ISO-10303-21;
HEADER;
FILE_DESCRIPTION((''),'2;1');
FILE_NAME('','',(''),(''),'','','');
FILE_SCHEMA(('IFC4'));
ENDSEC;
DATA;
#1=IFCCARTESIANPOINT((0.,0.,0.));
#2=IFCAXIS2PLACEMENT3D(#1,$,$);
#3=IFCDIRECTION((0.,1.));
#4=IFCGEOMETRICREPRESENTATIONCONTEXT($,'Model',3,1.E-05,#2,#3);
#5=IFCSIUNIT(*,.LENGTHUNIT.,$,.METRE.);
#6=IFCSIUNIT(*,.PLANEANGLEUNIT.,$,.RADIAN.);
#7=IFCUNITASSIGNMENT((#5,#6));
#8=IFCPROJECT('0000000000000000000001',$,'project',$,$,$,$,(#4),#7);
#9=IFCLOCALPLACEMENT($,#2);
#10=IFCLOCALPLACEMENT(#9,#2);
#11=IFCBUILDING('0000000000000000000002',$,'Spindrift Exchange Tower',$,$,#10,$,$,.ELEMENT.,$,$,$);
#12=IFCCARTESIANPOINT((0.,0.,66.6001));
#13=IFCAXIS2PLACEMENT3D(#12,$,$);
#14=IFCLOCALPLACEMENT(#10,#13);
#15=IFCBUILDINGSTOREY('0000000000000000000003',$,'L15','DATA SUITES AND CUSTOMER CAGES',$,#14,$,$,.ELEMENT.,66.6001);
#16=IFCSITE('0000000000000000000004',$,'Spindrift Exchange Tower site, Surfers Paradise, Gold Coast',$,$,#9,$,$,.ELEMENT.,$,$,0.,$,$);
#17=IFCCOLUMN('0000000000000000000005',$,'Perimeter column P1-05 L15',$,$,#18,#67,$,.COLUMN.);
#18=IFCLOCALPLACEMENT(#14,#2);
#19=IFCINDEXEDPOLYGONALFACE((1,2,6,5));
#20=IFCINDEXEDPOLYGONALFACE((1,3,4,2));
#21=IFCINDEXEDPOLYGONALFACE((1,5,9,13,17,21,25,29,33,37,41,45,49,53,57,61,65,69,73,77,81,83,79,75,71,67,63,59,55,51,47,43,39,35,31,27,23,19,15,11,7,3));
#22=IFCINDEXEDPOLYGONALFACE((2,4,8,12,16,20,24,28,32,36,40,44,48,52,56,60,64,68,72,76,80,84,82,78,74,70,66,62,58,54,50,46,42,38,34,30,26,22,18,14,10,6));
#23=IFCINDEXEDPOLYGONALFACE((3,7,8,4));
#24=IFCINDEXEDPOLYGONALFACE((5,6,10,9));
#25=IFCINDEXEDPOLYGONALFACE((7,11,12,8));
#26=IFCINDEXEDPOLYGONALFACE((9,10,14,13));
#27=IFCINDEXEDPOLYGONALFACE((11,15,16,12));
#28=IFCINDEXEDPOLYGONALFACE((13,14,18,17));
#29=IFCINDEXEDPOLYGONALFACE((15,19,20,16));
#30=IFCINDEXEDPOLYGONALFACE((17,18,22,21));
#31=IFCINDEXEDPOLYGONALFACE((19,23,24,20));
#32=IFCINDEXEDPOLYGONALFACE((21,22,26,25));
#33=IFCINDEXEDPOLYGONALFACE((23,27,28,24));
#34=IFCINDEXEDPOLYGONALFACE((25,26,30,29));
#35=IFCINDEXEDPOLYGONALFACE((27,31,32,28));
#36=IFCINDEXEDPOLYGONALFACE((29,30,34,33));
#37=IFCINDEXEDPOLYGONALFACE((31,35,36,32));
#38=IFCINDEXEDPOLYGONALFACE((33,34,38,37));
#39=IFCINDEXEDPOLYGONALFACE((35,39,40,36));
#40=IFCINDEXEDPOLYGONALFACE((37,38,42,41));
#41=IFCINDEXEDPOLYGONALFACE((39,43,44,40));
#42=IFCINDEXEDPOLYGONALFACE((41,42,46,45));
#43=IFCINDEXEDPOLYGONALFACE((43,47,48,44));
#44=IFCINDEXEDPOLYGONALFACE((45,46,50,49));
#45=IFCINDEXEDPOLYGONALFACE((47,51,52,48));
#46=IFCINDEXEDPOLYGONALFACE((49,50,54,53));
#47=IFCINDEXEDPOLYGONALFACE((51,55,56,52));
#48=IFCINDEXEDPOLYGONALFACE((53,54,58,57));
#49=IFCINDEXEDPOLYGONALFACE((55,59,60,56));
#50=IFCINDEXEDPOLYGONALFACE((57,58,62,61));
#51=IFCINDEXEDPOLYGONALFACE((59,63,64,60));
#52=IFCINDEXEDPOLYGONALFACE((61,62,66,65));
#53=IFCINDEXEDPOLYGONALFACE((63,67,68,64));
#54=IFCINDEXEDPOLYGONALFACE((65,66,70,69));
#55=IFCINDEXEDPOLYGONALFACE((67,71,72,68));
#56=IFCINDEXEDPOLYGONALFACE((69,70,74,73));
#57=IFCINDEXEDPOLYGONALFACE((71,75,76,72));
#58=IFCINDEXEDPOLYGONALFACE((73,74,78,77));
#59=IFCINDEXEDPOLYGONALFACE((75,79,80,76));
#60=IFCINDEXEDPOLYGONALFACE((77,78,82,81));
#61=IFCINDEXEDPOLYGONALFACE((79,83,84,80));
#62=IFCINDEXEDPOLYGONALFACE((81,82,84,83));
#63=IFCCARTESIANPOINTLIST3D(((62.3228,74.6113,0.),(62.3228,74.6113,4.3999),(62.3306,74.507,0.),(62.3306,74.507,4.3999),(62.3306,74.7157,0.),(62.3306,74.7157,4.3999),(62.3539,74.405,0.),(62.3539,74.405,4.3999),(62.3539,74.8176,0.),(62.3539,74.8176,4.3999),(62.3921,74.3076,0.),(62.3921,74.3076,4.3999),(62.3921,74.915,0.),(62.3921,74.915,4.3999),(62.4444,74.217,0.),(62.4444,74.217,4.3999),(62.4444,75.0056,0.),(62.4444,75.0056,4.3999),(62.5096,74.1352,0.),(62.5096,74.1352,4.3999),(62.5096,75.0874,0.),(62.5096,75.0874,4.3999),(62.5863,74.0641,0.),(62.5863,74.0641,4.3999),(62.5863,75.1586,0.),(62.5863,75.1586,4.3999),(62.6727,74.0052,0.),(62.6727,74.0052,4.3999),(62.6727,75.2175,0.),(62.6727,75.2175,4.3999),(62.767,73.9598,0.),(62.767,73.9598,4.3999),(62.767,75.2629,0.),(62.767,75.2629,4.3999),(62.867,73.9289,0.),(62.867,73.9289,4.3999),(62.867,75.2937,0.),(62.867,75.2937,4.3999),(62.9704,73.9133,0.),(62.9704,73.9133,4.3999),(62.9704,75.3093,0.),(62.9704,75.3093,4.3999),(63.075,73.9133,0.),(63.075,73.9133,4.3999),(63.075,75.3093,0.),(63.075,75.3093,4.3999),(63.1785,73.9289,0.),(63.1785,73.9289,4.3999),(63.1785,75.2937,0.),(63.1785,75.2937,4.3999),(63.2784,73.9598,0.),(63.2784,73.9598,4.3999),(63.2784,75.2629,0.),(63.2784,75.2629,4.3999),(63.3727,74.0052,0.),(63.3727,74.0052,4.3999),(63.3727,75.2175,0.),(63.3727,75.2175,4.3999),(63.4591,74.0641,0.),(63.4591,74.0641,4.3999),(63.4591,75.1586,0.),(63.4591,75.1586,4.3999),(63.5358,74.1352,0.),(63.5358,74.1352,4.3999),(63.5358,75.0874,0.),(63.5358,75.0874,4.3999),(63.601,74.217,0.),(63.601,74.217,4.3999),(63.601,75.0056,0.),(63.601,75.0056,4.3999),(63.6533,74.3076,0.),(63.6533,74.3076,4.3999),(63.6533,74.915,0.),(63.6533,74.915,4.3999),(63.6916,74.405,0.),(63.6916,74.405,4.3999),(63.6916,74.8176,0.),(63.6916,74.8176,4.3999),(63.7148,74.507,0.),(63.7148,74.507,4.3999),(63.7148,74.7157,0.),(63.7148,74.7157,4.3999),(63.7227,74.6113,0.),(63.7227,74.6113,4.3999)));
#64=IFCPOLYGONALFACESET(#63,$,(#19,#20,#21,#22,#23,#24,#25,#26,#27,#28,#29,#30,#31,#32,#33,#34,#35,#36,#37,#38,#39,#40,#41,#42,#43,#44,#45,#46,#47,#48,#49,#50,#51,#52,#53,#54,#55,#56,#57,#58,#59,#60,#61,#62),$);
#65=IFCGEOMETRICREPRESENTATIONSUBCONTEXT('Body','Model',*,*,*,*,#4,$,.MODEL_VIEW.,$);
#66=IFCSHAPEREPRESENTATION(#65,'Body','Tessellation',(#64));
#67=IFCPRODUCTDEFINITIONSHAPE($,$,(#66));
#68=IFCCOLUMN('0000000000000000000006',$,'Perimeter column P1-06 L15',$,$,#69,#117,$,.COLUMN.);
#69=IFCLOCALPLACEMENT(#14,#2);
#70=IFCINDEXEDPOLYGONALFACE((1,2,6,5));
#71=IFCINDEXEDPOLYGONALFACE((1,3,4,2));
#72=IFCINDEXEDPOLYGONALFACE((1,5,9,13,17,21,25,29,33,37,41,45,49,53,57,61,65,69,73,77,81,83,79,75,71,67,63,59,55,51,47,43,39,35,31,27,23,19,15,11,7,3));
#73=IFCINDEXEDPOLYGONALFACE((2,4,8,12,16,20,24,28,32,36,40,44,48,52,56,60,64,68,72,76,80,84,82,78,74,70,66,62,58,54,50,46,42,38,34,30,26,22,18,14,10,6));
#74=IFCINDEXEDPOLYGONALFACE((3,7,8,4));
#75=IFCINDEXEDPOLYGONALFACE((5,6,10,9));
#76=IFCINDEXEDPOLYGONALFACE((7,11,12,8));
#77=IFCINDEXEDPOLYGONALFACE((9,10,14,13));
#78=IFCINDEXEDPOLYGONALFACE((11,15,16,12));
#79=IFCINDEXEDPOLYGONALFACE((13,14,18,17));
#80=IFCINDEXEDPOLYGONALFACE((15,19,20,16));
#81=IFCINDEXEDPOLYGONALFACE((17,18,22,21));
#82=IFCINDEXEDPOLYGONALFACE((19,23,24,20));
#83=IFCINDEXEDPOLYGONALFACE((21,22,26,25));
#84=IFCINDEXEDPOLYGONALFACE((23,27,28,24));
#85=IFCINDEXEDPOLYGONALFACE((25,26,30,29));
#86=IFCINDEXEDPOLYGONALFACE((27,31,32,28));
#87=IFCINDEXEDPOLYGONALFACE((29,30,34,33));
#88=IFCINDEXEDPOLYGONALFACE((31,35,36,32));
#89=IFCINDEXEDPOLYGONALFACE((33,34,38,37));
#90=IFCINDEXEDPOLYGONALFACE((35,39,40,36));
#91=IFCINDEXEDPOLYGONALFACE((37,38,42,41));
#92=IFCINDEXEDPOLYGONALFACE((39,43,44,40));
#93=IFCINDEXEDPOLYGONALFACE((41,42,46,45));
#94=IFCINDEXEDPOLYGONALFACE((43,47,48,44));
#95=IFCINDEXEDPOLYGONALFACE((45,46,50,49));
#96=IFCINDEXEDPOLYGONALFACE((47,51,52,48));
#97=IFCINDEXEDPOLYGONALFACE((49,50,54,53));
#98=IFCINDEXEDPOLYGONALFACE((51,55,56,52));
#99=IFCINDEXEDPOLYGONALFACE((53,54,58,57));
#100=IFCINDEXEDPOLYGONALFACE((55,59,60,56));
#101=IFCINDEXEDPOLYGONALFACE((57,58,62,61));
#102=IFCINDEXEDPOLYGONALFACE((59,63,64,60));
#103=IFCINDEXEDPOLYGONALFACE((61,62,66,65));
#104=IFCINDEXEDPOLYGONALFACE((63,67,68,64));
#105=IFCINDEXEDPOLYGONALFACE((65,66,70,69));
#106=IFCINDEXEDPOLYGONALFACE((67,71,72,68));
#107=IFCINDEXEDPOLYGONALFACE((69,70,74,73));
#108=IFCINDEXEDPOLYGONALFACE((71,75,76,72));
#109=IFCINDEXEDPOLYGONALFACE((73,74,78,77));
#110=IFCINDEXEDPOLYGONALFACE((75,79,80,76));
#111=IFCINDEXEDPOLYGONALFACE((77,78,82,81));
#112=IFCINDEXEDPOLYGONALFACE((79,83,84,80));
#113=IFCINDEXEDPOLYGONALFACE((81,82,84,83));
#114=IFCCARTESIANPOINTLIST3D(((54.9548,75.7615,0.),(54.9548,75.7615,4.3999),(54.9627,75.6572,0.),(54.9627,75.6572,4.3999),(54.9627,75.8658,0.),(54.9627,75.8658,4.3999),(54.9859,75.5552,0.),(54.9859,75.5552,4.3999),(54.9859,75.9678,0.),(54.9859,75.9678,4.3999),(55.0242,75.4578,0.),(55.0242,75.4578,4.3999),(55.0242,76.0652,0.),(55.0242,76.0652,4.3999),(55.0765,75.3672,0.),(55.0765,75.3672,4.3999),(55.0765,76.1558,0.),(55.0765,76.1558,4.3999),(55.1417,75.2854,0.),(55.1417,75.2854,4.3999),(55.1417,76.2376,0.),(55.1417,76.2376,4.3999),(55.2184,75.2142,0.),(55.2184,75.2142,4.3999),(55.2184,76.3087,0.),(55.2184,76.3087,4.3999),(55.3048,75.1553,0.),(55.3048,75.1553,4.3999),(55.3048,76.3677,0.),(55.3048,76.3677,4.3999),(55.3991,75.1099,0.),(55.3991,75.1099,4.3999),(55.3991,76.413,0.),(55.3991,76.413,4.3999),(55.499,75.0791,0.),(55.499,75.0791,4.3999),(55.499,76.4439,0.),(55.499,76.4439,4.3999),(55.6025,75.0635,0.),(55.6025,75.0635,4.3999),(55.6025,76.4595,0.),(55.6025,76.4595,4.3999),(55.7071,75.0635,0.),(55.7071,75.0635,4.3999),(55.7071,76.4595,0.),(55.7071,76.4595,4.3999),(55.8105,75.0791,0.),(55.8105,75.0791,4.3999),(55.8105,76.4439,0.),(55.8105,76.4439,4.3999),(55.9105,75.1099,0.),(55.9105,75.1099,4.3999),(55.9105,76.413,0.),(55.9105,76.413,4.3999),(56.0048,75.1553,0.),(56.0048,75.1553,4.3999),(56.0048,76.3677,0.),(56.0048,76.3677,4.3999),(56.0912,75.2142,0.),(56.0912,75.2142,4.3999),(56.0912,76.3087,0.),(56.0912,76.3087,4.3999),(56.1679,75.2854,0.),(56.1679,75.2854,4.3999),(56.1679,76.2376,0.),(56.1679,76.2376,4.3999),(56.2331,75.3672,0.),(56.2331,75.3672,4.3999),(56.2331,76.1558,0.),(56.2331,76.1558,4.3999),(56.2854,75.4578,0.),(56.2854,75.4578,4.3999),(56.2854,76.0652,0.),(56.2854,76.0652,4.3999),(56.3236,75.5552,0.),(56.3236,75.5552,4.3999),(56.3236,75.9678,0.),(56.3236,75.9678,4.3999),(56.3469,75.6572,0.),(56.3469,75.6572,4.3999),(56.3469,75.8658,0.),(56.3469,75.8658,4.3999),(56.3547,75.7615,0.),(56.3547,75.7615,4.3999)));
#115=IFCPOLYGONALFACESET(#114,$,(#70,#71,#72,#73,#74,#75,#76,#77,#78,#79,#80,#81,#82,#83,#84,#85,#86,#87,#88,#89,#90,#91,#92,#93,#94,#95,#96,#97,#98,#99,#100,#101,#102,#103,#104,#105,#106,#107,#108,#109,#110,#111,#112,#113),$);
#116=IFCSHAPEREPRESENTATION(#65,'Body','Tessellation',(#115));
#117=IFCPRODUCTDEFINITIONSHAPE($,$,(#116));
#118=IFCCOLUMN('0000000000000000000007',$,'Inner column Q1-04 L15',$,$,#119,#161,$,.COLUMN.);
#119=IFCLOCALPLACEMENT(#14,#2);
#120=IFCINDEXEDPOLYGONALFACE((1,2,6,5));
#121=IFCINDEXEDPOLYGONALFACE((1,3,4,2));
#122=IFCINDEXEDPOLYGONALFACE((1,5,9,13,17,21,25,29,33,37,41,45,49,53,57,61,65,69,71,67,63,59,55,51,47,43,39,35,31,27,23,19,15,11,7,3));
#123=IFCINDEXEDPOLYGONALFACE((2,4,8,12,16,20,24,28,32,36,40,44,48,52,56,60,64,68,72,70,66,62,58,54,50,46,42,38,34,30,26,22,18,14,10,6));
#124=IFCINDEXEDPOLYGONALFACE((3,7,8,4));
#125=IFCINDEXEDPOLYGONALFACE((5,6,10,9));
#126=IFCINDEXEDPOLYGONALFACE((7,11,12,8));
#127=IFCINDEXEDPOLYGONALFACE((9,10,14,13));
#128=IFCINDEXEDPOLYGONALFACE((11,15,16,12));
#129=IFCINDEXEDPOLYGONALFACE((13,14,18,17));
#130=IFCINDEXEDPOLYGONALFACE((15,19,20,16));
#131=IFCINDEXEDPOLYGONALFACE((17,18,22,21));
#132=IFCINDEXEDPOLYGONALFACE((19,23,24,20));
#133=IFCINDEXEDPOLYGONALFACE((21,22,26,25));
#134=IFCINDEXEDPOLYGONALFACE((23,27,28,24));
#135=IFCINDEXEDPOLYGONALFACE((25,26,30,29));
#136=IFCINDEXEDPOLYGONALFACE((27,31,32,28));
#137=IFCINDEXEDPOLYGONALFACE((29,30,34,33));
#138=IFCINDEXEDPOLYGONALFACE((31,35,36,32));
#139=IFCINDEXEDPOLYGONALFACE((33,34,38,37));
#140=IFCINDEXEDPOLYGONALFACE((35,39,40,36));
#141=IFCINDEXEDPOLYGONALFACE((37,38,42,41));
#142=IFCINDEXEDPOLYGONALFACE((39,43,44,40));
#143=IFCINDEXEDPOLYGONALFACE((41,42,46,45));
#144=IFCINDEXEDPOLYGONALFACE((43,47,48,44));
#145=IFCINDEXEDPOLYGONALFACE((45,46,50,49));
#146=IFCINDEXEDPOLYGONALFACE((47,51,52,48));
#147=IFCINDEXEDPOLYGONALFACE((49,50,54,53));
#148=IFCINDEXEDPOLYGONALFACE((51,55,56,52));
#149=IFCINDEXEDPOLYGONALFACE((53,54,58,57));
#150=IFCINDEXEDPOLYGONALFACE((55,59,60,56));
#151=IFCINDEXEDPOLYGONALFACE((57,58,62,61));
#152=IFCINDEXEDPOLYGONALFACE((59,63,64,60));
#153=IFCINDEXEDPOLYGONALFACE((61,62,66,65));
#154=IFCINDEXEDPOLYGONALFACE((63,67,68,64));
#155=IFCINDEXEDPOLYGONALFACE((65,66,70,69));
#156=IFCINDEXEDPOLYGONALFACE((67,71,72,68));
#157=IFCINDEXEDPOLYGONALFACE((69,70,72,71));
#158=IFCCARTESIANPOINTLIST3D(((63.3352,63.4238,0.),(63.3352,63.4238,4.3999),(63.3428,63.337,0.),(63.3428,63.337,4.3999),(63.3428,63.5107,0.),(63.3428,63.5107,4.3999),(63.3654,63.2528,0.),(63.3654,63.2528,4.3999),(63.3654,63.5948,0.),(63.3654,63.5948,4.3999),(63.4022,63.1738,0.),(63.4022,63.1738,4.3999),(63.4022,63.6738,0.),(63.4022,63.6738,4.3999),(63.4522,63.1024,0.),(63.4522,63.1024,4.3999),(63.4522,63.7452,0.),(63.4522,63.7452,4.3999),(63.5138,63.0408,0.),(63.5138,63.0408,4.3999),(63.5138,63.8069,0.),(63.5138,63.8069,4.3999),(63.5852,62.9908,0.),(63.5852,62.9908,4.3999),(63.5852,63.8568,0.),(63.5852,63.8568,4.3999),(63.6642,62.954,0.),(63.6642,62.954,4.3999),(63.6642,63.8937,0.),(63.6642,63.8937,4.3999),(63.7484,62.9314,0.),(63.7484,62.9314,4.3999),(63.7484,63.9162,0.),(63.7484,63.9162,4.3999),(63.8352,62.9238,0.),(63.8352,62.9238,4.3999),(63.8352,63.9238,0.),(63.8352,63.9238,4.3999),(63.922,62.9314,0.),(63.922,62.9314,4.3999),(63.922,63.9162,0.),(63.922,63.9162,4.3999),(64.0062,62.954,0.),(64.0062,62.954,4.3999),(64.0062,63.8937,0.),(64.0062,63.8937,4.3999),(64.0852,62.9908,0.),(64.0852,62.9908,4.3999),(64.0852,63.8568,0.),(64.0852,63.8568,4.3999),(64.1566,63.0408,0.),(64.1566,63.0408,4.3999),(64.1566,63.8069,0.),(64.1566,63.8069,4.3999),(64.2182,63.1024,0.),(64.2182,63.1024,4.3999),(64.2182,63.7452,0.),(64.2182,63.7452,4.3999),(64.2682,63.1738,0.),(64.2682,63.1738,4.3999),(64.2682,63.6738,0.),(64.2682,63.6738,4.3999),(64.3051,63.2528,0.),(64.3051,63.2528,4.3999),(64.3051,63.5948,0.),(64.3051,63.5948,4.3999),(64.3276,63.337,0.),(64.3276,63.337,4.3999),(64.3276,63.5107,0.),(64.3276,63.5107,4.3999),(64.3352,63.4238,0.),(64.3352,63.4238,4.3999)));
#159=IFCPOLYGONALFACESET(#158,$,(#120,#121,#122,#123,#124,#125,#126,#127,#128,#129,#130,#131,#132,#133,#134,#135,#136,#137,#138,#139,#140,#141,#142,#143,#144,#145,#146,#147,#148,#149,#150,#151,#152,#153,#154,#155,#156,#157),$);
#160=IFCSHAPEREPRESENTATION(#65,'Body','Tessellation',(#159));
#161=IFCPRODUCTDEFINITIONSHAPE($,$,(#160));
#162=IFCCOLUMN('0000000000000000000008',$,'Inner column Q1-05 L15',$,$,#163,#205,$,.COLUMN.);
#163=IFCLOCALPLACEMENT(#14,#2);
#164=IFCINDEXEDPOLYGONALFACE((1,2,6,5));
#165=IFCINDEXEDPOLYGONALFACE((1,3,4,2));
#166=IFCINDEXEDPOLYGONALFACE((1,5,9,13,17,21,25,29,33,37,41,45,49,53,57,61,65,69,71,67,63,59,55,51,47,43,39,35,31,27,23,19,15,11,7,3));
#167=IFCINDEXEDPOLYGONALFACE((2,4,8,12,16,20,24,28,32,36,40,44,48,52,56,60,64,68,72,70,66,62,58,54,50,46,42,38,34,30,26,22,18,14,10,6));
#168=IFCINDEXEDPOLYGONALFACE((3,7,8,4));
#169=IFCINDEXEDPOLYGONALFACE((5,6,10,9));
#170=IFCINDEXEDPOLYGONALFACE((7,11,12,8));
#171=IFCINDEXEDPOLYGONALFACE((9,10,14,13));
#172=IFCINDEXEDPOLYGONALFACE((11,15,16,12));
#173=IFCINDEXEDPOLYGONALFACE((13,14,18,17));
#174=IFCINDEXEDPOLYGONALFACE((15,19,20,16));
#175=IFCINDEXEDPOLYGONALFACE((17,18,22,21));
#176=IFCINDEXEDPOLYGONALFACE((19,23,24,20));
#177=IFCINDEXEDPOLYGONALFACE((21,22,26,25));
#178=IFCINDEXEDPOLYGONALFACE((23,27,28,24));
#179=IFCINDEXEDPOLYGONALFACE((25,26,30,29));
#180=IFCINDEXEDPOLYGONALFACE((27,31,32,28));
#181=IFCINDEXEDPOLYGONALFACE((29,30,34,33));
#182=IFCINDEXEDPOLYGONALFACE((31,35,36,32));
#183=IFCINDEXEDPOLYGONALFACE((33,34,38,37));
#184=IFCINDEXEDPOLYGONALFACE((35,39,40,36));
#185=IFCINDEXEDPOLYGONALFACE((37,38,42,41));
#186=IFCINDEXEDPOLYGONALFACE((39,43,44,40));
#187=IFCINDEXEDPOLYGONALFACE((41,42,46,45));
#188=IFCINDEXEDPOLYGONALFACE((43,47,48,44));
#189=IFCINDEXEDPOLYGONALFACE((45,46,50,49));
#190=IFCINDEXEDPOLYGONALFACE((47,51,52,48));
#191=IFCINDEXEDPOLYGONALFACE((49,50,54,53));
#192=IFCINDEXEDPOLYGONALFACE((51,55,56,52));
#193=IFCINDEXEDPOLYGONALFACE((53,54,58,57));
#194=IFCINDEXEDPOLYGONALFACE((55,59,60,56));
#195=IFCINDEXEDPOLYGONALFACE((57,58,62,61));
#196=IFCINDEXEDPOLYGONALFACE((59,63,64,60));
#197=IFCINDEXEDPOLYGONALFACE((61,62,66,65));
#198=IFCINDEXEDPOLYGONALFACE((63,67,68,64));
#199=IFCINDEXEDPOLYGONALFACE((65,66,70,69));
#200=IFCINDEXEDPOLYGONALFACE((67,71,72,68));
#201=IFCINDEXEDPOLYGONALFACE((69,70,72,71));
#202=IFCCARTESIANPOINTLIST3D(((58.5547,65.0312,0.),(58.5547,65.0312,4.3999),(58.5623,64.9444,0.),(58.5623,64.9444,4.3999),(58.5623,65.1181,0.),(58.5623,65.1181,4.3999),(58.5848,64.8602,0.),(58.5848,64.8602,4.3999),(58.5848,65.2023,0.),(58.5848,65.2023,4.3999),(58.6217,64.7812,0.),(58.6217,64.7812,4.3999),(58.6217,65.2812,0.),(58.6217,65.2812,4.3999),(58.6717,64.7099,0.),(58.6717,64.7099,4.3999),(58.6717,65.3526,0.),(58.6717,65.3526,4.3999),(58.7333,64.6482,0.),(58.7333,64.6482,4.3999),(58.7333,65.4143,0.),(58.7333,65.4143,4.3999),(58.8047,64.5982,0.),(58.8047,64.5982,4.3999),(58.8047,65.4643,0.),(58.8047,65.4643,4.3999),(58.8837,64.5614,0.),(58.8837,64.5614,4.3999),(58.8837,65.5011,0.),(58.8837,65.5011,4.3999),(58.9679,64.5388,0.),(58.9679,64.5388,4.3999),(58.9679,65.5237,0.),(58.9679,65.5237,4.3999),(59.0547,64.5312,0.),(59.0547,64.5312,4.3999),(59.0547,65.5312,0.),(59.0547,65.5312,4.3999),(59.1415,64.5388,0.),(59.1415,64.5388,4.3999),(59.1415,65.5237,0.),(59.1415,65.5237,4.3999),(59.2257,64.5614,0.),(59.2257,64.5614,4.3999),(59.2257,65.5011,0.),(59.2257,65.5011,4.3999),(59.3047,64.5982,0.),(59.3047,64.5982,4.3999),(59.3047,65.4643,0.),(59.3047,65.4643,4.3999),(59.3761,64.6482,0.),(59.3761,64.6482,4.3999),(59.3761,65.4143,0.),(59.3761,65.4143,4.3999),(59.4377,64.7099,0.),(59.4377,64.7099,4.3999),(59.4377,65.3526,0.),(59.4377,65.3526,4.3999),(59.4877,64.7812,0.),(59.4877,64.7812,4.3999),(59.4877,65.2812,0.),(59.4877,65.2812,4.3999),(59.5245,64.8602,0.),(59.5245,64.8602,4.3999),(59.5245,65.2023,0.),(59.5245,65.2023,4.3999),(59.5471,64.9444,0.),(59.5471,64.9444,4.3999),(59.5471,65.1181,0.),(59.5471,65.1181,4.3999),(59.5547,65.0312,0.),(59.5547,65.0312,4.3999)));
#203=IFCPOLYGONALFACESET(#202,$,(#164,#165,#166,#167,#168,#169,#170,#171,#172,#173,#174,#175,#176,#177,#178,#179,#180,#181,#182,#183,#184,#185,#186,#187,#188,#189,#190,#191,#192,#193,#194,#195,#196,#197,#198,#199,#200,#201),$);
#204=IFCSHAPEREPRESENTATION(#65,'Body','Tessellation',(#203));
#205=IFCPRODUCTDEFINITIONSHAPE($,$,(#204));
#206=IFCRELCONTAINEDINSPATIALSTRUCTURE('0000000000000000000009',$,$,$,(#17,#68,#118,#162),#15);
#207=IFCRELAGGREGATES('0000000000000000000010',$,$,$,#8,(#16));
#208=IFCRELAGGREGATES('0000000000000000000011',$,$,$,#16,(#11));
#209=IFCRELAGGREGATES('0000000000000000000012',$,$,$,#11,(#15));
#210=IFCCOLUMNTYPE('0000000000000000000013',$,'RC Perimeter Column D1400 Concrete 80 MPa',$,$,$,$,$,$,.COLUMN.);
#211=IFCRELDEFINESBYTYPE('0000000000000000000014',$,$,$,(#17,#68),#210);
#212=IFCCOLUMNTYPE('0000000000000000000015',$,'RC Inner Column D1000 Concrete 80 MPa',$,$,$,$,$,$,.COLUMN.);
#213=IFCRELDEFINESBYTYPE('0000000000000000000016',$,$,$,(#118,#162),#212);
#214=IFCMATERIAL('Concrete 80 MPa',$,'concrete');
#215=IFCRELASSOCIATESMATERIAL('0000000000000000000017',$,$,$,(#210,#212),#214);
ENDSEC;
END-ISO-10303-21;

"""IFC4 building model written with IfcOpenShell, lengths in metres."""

from ifc_helpers import new_model, si_unit, direction, frame, origin, origin_2d, place, context, subcontext, project, spatial, circle, extrude, source, transform, mapped, material, material_profile, profile_set, type_object, element, save


model = new_model("IFC4")

# Units and contexts
model_context = context("Model", 3, precision=1e-05, world=origin(), true_north=direction((0.0, 1.0)))
body_context = subcontext(model_context, "Body", "Model", "MODEL_VIEW")
ifc_project = project(units=[si_unit("LENGTHUNIT", "METRE"), si_unit("PLANEANGLEUNIT", "RADIAN")], contexts=[model_context])

# Site, building, storey
site_placement = place(None, origin())
site = spatial("IfcSite", under=ifc_project, at=site_placement, Name="Spindrift Exchange Tower site, Surfers Paradise, Gold Coast", CompositionType="ELEMENT", RefElevation=0.0)
building_placement = place(site_placement, origin())
building = spatial("IfcBuilding", under=site, at=building_placement, Name="Spindrift Exchange Tower", CompositionType="ELEMENT")
storey_placement = place(building_placement, frame((0.0, 0.0, 66.6001)))
storey = spatial("IfcBuildingStorey", under=building, at=storey_placement, Name="L15", Description="DATA SUITES AND CUSTOMER CAGES", CompositionType="ELEMENT", Elevation=66.6001)

# Columns
ifc_material_1 = material(Name="Concrete 80 MPa", Category="concrete")
ifc_material_profile_1 = material_profile(ifc_material_1, circle(Radius=0.7, at=origin_2d()), Name="RC D1400")
ifc_profile_set_1 = profile_set([ifc_material_profile_1], Name="Concrete 80 MPa")
column_type_1 = type_object("IfcColumnType", Name="RC Perimeter Column D1400 Concrete 80 MPa", PredefinedType="COLUMN", material=ifc_profile_set_1)
shared_shape_1 = source(origin(), body_context, "Body", "SweptSolid", [
    extrude(circle(Radius=0.7, at=origin_2d()), origin(), (0.0, 0.0, 1.0), 4.3999),
])
for number, where, z_axis, x_axis, name in (
    (1, (63.0227, 74.6113, 0.0), (0.0, 0.0, 1.0), (1.0, 0.0, 0.0), "Perimeter column P1-05 L15"),
    (2, (55.6548, 75.7615, 0.0), (0.0, 0.0, 1.0), (1.0, 0.0, 0.0), "Perimeter column P1-06 L15"),
):
    element("IfcColumn", number, at=place(storey_placement, frame(where, z_axis=z_axis, x_axis=x_axis)), inside=storey, type_object=column_type_1, Name=name, PredefinedType="COLUMN", context=body_context, shape_type="MappedRepresentation", body=[
        mapped(shared_shape_1, transform((0.0, 0.0, 0.0), scale=1.0)),
    ])
ifc_material_profile_2 = material_profile(ifc_material_1, circle(Radius=0.5, at=origin_2d()), Name="RC D1000")
ifc_profile_set_2 = profile_set([ifc_material_profile_2], Name="Concrete 80 MPa")
column_type_2 = type_object("IfcColumnType", Name="RC Inner Column D1000 Concrete 80 MPa", PredefinedType="COLUMN", material=ifc_profile_set_2)
shared_shape_2 = source(origin(), body_context, "Body", "SweptSolid", [
    extrude(circle(Radius=0.5, at=origin_2d()), origin(), (0.0, 0.0, 1.0), 4.3999),
])
for number, where, z_axis, x_axis, name in (
    (3, (63.8352, 63.4238, 0.0), (0.0, 0.0, 1.0), (1.0, 0.0, 0.0), "Inner column Q1-04 L15"),
    (4, (59.0547, 65.0312, 0.0), (0.0, 0.0, 1.0), (1.0, 0.0, 0.0), "Inner column Q1-05 L15"),
):
    element("IfcColumn", number, at=place(storey_placement, frame(where, z_axis=z_axis, x_axis=x_axis)), inside=storey, type_object=column_type_2, Name=name, PredefinedType="COLUMN", context=body_context, shape_type="MappedRepresentation", body=[
        mapped(shared_shape_2, transform((0.0, 0.0, 0.0), scale=1.0)),
    ])

save(model, "model.ifc")
